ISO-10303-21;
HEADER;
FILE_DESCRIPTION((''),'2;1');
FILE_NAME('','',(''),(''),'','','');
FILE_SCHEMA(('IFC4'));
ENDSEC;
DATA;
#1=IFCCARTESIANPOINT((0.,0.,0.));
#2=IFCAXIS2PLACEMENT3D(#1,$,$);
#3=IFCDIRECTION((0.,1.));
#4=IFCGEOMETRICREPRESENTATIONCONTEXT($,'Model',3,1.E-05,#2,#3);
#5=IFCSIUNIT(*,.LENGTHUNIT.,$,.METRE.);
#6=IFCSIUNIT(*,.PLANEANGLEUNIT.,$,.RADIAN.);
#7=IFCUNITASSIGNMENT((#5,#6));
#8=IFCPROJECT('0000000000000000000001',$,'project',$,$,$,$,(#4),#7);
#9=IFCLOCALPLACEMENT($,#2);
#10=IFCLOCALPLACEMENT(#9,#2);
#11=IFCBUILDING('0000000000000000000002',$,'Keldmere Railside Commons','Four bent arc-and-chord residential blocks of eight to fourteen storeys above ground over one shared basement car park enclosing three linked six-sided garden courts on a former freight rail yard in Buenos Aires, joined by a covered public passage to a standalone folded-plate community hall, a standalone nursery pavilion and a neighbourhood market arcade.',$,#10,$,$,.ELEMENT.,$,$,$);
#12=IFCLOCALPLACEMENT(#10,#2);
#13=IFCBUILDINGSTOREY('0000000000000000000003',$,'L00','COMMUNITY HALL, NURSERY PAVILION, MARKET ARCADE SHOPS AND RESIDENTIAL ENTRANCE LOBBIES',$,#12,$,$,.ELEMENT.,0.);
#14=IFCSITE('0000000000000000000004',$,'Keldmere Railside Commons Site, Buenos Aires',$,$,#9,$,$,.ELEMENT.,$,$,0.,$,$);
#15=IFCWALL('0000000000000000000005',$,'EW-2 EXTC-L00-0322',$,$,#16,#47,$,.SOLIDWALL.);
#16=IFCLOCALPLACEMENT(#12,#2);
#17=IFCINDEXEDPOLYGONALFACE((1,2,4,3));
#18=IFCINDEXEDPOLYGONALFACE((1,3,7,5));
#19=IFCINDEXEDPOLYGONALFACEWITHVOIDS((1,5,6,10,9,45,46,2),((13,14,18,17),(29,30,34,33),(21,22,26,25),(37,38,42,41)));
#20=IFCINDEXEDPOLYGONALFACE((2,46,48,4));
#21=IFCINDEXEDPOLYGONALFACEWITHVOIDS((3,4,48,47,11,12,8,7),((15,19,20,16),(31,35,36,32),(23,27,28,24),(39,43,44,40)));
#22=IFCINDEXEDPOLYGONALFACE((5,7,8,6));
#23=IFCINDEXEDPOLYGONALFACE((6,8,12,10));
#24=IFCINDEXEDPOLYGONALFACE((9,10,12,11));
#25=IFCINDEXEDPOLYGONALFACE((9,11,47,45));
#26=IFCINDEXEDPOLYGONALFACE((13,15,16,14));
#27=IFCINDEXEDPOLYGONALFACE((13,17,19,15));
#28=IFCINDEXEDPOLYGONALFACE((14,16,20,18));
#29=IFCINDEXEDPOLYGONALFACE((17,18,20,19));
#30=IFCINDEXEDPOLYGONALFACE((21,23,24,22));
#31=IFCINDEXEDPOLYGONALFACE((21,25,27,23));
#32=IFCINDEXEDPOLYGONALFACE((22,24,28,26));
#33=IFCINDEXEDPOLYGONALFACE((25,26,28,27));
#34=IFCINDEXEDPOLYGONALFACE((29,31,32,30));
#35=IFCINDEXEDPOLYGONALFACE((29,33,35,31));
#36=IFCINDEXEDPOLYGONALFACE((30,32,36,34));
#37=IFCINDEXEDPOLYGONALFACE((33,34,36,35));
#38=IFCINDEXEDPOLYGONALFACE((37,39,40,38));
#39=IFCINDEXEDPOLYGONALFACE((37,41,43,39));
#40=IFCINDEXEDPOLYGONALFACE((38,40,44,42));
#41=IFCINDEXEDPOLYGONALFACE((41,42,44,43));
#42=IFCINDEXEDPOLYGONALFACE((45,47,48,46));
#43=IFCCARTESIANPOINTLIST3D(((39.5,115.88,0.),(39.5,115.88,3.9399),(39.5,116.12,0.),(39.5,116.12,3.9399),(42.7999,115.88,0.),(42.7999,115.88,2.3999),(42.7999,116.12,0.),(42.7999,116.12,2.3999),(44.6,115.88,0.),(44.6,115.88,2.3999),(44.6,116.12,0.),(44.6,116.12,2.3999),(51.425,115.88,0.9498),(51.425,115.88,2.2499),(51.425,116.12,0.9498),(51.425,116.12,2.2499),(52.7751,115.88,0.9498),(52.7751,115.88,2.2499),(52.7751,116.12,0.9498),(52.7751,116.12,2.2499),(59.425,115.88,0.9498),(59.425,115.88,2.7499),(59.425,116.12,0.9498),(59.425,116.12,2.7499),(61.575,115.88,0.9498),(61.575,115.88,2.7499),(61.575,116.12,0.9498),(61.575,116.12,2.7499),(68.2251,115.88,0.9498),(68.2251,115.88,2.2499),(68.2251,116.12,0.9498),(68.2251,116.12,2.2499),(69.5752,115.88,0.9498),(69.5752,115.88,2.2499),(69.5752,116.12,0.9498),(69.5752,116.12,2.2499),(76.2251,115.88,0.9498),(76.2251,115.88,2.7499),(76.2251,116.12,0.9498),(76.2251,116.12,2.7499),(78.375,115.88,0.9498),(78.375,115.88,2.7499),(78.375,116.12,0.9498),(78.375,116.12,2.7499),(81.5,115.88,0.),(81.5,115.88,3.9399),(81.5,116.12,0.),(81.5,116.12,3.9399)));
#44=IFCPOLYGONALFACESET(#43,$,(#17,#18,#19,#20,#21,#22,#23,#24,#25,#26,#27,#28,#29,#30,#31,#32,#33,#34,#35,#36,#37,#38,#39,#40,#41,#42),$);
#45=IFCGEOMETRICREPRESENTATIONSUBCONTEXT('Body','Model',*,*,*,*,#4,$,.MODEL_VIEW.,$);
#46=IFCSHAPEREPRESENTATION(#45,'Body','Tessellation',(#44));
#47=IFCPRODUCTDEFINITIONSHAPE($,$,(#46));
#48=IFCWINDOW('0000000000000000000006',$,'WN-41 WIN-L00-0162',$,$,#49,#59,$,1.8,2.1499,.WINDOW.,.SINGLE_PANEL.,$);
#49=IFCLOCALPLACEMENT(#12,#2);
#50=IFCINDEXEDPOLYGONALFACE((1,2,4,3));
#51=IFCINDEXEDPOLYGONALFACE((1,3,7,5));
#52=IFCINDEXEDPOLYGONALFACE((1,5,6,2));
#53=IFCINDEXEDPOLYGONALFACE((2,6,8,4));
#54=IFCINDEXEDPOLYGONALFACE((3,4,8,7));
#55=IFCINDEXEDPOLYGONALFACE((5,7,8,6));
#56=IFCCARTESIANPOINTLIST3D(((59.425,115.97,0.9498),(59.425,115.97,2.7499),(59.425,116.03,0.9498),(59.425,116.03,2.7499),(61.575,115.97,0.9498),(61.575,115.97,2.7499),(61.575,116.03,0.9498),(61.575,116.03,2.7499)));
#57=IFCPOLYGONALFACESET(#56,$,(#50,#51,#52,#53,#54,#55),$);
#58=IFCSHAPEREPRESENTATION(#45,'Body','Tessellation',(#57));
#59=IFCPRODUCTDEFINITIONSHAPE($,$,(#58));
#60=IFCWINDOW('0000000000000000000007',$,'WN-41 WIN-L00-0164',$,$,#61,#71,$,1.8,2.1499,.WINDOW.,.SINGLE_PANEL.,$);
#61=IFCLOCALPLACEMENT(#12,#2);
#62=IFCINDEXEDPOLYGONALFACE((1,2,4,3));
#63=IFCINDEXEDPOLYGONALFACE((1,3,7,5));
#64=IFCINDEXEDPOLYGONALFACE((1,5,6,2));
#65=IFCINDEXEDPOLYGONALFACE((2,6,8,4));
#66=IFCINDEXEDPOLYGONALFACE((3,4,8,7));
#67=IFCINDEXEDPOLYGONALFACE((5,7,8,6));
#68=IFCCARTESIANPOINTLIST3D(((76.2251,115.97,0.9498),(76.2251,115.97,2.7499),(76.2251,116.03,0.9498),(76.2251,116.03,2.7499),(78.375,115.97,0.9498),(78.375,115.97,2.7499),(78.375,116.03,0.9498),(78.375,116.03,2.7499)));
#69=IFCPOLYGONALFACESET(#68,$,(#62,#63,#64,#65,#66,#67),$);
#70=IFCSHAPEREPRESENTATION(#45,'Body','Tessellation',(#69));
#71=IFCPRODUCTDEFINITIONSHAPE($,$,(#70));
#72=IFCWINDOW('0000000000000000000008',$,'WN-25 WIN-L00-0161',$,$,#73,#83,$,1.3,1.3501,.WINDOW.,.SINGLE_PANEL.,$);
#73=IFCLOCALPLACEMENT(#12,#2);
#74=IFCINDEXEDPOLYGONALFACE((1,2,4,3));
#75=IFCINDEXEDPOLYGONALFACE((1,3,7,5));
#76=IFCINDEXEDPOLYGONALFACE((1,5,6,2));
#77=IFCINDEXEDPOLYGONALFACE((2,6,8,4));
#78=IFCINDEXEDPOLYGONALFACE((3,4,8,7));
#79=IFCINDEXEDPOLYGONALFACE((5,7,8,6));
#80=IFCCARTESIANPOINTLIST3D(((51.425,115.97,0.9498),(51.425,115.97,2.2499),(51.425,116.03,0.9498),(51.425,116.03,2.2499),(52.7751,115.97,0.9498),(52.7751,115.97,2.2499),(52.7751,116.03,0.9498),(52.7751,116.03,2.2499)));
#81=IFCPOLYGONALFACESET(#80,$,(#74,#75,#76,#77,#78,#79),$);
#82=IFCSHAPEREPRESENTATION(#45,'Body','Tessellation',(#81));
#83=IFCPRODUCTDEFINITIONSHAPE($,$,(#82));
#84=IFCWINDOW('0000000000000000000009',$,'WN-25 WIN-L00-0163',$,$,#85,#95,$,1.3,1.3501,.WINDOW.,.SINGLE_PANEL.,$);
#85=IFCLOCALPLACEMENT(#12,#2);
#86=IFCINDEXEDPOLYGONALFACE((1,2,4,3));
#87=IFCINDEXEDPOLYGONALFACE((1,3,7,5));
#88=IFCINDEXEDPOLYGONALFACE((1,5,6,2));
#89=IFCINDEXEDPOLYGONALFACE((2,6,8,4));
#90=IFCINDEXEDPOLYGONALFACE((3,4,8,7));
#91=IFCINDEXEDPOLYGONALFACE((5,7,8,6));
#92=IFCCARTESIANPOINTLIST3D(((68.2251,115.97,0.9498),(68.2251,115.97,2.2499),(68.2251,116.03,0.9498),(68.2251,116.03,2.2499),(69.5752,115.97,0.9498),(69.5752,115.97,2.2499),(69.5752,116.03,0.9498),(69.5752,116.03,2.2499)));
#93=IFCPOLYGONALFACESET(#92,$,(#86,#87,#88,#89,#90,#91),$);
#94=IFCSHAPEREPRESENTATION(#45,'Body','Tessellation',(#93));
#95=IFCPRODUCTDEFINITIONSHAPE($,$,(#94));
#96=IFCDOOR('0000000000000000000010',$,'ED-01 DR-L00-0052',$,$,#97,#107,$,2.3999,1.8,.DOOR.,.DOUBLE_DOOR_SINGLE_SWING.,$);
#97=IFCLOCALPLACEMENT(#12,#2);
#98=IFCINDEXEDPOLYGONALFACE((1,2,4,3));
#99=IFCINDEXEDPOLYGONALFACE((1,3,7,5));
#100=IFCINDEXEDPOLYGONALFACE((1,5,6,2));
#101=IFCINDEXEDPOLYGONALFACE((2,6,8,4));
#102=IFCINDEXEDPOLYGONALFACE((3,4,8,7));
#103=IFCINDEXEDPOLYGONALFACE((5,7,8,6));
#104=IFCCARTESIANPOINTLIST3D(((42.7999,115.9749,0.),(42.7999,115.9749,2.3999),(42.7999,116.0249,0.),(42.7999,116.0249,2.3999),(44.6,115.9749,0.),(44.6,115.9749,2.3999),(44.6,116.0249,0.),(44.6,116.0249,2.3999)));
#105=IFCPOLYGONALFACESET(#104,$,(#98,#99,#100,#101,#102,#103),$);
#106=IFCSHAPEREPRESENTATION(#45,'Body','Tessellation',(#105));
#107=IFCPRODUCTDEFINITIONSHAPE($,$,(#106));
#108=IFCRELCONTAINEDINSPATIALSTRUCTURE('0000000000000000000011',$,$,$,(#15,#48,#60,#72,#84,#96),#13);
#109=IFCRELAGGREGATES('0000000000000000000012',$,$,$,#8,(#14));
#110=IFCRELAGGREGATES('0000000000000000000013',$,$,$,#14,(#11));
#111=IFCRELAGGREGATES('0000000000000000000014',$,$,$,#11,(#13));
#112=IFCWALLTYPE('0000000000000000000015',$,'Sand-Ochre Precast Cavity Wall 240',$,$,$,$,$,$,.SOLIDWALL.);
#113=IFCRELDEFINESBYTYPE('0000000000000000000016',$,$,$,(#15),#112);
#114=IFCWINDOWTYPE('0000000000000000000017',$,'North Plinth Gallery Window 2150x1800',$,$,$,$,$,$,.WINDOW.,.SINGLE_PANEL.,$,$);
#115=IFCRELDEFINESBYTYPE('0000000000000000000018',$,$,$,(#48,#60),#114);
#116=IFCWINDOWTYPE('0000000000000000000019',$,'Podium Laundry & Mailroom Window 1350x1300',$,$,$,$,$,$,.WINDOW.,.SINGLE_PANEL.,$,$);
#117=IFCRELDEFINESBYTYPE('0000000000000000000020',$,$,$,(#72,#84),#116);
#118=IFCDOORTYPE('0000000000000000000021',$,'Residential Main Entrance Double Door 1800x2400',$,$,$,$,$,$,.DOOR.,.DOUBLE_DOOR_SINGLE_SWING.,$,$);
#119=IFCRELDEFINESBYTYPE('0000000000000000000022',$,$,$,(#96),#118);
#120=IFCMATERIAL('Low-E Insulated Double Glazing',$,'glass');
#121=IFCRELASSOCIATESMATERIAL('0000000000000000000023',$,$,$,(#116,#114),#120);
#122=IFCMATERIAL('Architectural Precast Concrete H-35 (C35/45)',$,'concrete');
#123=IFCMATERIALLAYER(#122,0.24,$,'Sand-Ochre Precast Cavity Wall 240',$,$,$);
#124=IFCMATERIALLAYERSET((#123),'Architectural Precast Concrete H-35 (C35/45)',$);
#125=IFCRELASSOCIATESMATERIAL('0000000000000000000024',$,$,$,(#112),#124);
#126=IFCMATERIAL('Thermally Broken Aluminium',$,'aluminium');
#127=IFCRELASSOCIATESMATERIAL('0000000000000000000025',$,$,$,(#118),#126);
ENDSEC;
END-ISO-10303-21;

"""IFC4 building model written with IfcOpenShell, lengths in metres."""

from ifc_helpers import new_model, si_unit, direction, frame, frame_2d, origin, place, context, subcontext, project, spatial, rectangle, extrude, material, layer, layer_set, type_object, element, fill, save


model = new_model("IFC4")

# Units and contexts
model_context = context("Model", 3, precision=1e-05, world=origin(), true_north=direction((0.0, 1.0)))
body_context = subcontext(model_context, "Body", "Model", "MODEL_VIEW")
ifc_project = project(units=[si_unit("LENGTHUNIT", "METRE"), si_unit("PLANEANGLEUNIT", "RADIAN")], contexts=[model_context])

# Site, building, storey
site_placement = place(None, origin())
site = spatial("IfcSite", under=ifc_project, at=site_placement, Name="Keldmere Railside Commons Site, Buenos Aires", CompositionType="ELEMENT", RefElevation=0.0)
building_placement = place(site_placement, origin())
building = spatial("IfcBuilding", under=site, at=building_placement, Name="Keldmere Railside Commons", Description="Four bent arc-and-chord residential blocks of eight to fourteen storeys above ground over one shared basement car park enclosing three linked six-sided garden courts on a former freight rail yard in Buenos Aires, joined by a covered public passage to a standalone folded-plate community hall, a standalone nursery pavilion and a neighbourhood market arcade.", CompositionType="ELEMENT")
storey_placement = place(building_placement, origin())
storey = spatial("IfcBuildingStorey", under=building, at=storey_placement, Name="L00", Description="COMMUNITY HALL, NURSERY PAVILION, MARKET ARCADE SHOPS AND RESIDENTIAL ENTRANCE LOBBIES", CompositionType="ELEMENT", Elevation=0.0)

# Shared definitions
ifc_material_1 = material(Name="Low-E Insulated Double Glazing", Category="glass")
window_type_1 = type_object("IfcWindowType", Name="Podium Laundry & Mailroom Window 1350x1300", PartitioningType="SINGLE_PANEL", PredefinedType="WINDOW", material=ifc_material_1)

# Wall, openings, windows, door
ifc_material_2 = material(Name="Architectural Precast Concrete H-35 (C35/45)", Category="concrete")
ifc_layer_1 = layer(ifc_material_2, 0.24, Name="Sand-Ochre Precast Cavity Wall 240")
ifc_layer_set_1 = layer_set([ifc_layer_1], Name="Architectural Precast Concrete H-35 (C35/45)")
wall_type_1 = type_object("IfcWallType", Name="Sand-Ochre Precast Cavity Wall 240", PredefinedType="SOLIDWALL", material=ifc_layer_set_1)
wall_1_placement = place(storey_placement, frame((39.5, 116.0, 0.0), z_axis=(0.0, 0.0, 1.0), x_axis=(1.0, 0.0, 0.0)))
wall_1 = element("IfcWall", 1, at=wall_1_placement, inside=storey, type_object=wall_type_1, Name="EW-2 EXTC-L00-0322", PredefinedType="SOLIDWALL", context=body_context, shape_type="SweptSolid", body=[
    extrude(rectangle(XDim=42.0, YDim=0.24, at=frame_2d((21.0, 0.0))), origin(), (0.0, 0.0, 1.0), 3.9399),
])
opening_1_placement = place(wall_1_placement, frame((3.3, 0.0, 0.0)))
opening_1 = element("IfcOpeningElement", 2, at=opening_1_placement, cuts=wall_1, PredefinedType="OPENING", context=body_context, shape_type="SweptSolid", body=[
    extrude(rectangle(XDim=1.8, YDim=2.3999, at=frame_2d((0.8999, 1.2))), frame((0.0, 0.1299, 0.0), z_axis=(0.0, -1.0, 0.0), x_axis=(1.0, 0.0, 0.0)), (0.0, 0.0, 1.0), 0.26),
])
opening_2_placement = place(wall_1_placement, frame((11.925, 0.0, 0.95)))
opening_2 = element("IfcOpeningElement", 3, at=opening_2_placement, cuts=wall_1, PredefinedType="OPENING", context=body_context, shape_type="SweptSolid", body=[
    extrude(rectangle(XDim=1.3501, YDim=1.3, at=frame_2d((0.675, 0.6499))), frame((0.0, 0.1299, 0.0), z_axis=(0.0, -1.0, 0.0), x_axis=(1.0, 0.0, 0.0)), (0.0, 0.0, 1.0), 0.26),
])
opening_3_placement = place(wall_1_placement, frame((19.925, 0.0, 0.95)))
opening_3 = element("IfcOpeningElement", 4, at=opening_3_placement, cuts=wall_1, PredefinedType="OPENING", context=body_context, shape_type="SweptSolid", body=[
    extrude(rectangle(XDim=2.1499, YDim=1.8, at=frame_2d((1.075, 0.8999))), frame((0.0, 0.1299, 0.0), z_axis=(0.0, -1.0, 0.0), x_axis=(1.0, 0.0, 0.0)), (0.0, 0.0, 1.0), 0.26),
])
opening_4_placement = place(wall_1_placement, frame((28.7251, 0.0, 0.95)))
opening_4 = element("IfcOpeningElement", 5, at=opening_4_placement, cuts=wall_1, PredefinedType="OPENING", context=body_context, shape_type="SweptSolid", body=[
    extrude(rectangle(XDim=1.3501, YDim=1.3, at=frame_2d((0.675, 0.6499))), frame((0.0, 0.1299, 0.0), z_axis=(0.0, -1.0, 0.0), x_axis=(1.0, 0.0, 0.0)), (0.0, 0.0, 1.0), 0.26),
])
opening_5_placement = place(wall_1_placement, frame((36.7251, 0.0, 0.95)))
opening_5 = element("IfcOpeningElement", 6, at=opening_5_placement, cuts=wall_1, PredefinedType="OPENING", context=body_context, shape_type="SweptSolid", body=[
    extrude(rectangle(XDim=2.1499, YDim=1.8, at=frame_2d((1.075, 0.8999))), frame((0.0, 0.1299, 0.0), z_axis=(0.0, -1.0, 0.0), x_axis=(1.0, 0.0, 0.0)), (0.0, 0.0, 1.0), 0.26),
])
window_type_2 = type_object("IfcWindowType", Name="North Plinth Gallery Window 2150x1800", PartitioningType="SINGLE_PANEL", PredefinedType="WINDOW", material=ifc_material_1)
window_1_placement = place(opening_3_placement, origin())
window_1 = element("IfcWindow", 7, at=window_1_placement, inside=storey, type_object=window_type_2, Name="WN-41 WIN-L00-0162", OverallHeight=1.8, OverallWidth=2.1499, PartitioningType="SINGLE_PANEL", PredefinedType="WINDOW", context=body_context, shape_type="SweptSolid", body=[
    extrude(rectangle(XDim=2.1499, YDim=1.8, at=frame_2d((1.075, 0.8999))), frame((0.0, 0.03, 0.0), z_axis=(0.0, -1.0, 0.0), x_axis=(1.0, 0.0, 0.0)), (0.0, 0.0, 1.0), 0.0601),
])
fill(opening_3, window_1)
window_2_placement = place(opening_5_placement, origin())
window_2 = element("IfcWindow", 8, at=window_2_placement, inside=storey, type_object=window_type_2, Name="WN-41 WIN-L00-0164", OverallHeight=1.8, OverallWidth=2.1499, PartitioningType="SINGLE_PANEL", PredefinedType="WINDOW", context=body_context, shape_type="SweptSolid", body=[
    extrude(rectangle(XDim=2.1499, YDim=1.8, at=frame_2d((1.075, 0.8999))), frame((0.0, 0.03, 0.0), z_axis=(0.0, -1.0, 0.0), x_axis=(1.0, 0.0, 0.0)), (0.0, 0.0, 1.0), 0.0601),
])
fill(opening_5, window_2)
window_3_placement = place(opening_2_placement, origin())
window_3 = element("IfcWindow", 9, at=window_3_placement, inside=storey, type_object=window_type_1, Name="WN-25 WIN-L00-0161", OverallHeight=1.3, OverallWidth=1.3501, PartitioningType="SINGLE_PANEL", PredefinedType="WINDOW", context=body_context, shape_type="SweptSolid", body=[
    extrude(rectangle(XDim=1.3501, YDim=1.3, at=frame_2d((0.675, 0.6499))), frame((0.0, 0.03, 0.0), z_axis=(0.0, -1.0, 0.0), x_axis=(1.0, 0.0, 0.0)), (0.0, 0.0, 1.0), 0.0601),
])
fill(opening_2, window_3)
window_4_placement = place(opening_4_placement, origin())
window_4 = element("IfcWindow", 10, at=window_4_placement, inside=storey, type_object=window_type_1, Name="WN-25 WIN-L00-0163", OverallHeight=1.3, OverallWidth=1.3501, PartitioningType="SINGLE_PANEL", PredefinedType="WINDOW", context=body_context, shape_type="SweptSolid", body=[
    extrude(rectangle(XDim=1.3501, YDim=1.3, at=frame_2d((0.675, 0.6499))), frame((0.0, 0.03, 0.0), z_axis=(0.0, -1.0, 0.0), x_axis=(1.0, 0.0, 0.0)), (0.0, 0.0, 1.0), 0.0601),
])
fill(opening_4, window_4)
ifc_material_3 = material(Name="Thermally Broken Aluminium", Category="aluminium")
door_type_1 = type_object("IfcDoorType", Name="Residential Main Entrance Double Door 1800x2400", OperationType="DOUBLE_DOOR_SINGLE_SWING", PredefinedType="DOOR", material=ifc_material_3)
door_1_placement = place(opening_1_placement, origin())
door_1 = element("IfcDoor", 11, at=door_1_placement, inside=storey, type_object=door_type_1, Name="ED-01 DR-L00-0052", OperationType="DOUBLE_DOOR_SINGLE_SWING", OverallHeight=2.3999, OverallWidth=1.8, PredefinedType="DOOR", context=body_context, shape_type="SweptSolid", body=[
    extrude(rectangle(XDim=1.8, YDim=2.3999, at=frame_2d((0.8999, 1.2))), frame((0.0, 0.0249, 0.0), z_axis=(0.0, -1.0, 0.0), x_axis=(1.0, 0.0, 0.0)), (0.0, 0.0, 1.0), 0.05),
])
fill(opening_1, door_1)

save(model, "model.ifc")
